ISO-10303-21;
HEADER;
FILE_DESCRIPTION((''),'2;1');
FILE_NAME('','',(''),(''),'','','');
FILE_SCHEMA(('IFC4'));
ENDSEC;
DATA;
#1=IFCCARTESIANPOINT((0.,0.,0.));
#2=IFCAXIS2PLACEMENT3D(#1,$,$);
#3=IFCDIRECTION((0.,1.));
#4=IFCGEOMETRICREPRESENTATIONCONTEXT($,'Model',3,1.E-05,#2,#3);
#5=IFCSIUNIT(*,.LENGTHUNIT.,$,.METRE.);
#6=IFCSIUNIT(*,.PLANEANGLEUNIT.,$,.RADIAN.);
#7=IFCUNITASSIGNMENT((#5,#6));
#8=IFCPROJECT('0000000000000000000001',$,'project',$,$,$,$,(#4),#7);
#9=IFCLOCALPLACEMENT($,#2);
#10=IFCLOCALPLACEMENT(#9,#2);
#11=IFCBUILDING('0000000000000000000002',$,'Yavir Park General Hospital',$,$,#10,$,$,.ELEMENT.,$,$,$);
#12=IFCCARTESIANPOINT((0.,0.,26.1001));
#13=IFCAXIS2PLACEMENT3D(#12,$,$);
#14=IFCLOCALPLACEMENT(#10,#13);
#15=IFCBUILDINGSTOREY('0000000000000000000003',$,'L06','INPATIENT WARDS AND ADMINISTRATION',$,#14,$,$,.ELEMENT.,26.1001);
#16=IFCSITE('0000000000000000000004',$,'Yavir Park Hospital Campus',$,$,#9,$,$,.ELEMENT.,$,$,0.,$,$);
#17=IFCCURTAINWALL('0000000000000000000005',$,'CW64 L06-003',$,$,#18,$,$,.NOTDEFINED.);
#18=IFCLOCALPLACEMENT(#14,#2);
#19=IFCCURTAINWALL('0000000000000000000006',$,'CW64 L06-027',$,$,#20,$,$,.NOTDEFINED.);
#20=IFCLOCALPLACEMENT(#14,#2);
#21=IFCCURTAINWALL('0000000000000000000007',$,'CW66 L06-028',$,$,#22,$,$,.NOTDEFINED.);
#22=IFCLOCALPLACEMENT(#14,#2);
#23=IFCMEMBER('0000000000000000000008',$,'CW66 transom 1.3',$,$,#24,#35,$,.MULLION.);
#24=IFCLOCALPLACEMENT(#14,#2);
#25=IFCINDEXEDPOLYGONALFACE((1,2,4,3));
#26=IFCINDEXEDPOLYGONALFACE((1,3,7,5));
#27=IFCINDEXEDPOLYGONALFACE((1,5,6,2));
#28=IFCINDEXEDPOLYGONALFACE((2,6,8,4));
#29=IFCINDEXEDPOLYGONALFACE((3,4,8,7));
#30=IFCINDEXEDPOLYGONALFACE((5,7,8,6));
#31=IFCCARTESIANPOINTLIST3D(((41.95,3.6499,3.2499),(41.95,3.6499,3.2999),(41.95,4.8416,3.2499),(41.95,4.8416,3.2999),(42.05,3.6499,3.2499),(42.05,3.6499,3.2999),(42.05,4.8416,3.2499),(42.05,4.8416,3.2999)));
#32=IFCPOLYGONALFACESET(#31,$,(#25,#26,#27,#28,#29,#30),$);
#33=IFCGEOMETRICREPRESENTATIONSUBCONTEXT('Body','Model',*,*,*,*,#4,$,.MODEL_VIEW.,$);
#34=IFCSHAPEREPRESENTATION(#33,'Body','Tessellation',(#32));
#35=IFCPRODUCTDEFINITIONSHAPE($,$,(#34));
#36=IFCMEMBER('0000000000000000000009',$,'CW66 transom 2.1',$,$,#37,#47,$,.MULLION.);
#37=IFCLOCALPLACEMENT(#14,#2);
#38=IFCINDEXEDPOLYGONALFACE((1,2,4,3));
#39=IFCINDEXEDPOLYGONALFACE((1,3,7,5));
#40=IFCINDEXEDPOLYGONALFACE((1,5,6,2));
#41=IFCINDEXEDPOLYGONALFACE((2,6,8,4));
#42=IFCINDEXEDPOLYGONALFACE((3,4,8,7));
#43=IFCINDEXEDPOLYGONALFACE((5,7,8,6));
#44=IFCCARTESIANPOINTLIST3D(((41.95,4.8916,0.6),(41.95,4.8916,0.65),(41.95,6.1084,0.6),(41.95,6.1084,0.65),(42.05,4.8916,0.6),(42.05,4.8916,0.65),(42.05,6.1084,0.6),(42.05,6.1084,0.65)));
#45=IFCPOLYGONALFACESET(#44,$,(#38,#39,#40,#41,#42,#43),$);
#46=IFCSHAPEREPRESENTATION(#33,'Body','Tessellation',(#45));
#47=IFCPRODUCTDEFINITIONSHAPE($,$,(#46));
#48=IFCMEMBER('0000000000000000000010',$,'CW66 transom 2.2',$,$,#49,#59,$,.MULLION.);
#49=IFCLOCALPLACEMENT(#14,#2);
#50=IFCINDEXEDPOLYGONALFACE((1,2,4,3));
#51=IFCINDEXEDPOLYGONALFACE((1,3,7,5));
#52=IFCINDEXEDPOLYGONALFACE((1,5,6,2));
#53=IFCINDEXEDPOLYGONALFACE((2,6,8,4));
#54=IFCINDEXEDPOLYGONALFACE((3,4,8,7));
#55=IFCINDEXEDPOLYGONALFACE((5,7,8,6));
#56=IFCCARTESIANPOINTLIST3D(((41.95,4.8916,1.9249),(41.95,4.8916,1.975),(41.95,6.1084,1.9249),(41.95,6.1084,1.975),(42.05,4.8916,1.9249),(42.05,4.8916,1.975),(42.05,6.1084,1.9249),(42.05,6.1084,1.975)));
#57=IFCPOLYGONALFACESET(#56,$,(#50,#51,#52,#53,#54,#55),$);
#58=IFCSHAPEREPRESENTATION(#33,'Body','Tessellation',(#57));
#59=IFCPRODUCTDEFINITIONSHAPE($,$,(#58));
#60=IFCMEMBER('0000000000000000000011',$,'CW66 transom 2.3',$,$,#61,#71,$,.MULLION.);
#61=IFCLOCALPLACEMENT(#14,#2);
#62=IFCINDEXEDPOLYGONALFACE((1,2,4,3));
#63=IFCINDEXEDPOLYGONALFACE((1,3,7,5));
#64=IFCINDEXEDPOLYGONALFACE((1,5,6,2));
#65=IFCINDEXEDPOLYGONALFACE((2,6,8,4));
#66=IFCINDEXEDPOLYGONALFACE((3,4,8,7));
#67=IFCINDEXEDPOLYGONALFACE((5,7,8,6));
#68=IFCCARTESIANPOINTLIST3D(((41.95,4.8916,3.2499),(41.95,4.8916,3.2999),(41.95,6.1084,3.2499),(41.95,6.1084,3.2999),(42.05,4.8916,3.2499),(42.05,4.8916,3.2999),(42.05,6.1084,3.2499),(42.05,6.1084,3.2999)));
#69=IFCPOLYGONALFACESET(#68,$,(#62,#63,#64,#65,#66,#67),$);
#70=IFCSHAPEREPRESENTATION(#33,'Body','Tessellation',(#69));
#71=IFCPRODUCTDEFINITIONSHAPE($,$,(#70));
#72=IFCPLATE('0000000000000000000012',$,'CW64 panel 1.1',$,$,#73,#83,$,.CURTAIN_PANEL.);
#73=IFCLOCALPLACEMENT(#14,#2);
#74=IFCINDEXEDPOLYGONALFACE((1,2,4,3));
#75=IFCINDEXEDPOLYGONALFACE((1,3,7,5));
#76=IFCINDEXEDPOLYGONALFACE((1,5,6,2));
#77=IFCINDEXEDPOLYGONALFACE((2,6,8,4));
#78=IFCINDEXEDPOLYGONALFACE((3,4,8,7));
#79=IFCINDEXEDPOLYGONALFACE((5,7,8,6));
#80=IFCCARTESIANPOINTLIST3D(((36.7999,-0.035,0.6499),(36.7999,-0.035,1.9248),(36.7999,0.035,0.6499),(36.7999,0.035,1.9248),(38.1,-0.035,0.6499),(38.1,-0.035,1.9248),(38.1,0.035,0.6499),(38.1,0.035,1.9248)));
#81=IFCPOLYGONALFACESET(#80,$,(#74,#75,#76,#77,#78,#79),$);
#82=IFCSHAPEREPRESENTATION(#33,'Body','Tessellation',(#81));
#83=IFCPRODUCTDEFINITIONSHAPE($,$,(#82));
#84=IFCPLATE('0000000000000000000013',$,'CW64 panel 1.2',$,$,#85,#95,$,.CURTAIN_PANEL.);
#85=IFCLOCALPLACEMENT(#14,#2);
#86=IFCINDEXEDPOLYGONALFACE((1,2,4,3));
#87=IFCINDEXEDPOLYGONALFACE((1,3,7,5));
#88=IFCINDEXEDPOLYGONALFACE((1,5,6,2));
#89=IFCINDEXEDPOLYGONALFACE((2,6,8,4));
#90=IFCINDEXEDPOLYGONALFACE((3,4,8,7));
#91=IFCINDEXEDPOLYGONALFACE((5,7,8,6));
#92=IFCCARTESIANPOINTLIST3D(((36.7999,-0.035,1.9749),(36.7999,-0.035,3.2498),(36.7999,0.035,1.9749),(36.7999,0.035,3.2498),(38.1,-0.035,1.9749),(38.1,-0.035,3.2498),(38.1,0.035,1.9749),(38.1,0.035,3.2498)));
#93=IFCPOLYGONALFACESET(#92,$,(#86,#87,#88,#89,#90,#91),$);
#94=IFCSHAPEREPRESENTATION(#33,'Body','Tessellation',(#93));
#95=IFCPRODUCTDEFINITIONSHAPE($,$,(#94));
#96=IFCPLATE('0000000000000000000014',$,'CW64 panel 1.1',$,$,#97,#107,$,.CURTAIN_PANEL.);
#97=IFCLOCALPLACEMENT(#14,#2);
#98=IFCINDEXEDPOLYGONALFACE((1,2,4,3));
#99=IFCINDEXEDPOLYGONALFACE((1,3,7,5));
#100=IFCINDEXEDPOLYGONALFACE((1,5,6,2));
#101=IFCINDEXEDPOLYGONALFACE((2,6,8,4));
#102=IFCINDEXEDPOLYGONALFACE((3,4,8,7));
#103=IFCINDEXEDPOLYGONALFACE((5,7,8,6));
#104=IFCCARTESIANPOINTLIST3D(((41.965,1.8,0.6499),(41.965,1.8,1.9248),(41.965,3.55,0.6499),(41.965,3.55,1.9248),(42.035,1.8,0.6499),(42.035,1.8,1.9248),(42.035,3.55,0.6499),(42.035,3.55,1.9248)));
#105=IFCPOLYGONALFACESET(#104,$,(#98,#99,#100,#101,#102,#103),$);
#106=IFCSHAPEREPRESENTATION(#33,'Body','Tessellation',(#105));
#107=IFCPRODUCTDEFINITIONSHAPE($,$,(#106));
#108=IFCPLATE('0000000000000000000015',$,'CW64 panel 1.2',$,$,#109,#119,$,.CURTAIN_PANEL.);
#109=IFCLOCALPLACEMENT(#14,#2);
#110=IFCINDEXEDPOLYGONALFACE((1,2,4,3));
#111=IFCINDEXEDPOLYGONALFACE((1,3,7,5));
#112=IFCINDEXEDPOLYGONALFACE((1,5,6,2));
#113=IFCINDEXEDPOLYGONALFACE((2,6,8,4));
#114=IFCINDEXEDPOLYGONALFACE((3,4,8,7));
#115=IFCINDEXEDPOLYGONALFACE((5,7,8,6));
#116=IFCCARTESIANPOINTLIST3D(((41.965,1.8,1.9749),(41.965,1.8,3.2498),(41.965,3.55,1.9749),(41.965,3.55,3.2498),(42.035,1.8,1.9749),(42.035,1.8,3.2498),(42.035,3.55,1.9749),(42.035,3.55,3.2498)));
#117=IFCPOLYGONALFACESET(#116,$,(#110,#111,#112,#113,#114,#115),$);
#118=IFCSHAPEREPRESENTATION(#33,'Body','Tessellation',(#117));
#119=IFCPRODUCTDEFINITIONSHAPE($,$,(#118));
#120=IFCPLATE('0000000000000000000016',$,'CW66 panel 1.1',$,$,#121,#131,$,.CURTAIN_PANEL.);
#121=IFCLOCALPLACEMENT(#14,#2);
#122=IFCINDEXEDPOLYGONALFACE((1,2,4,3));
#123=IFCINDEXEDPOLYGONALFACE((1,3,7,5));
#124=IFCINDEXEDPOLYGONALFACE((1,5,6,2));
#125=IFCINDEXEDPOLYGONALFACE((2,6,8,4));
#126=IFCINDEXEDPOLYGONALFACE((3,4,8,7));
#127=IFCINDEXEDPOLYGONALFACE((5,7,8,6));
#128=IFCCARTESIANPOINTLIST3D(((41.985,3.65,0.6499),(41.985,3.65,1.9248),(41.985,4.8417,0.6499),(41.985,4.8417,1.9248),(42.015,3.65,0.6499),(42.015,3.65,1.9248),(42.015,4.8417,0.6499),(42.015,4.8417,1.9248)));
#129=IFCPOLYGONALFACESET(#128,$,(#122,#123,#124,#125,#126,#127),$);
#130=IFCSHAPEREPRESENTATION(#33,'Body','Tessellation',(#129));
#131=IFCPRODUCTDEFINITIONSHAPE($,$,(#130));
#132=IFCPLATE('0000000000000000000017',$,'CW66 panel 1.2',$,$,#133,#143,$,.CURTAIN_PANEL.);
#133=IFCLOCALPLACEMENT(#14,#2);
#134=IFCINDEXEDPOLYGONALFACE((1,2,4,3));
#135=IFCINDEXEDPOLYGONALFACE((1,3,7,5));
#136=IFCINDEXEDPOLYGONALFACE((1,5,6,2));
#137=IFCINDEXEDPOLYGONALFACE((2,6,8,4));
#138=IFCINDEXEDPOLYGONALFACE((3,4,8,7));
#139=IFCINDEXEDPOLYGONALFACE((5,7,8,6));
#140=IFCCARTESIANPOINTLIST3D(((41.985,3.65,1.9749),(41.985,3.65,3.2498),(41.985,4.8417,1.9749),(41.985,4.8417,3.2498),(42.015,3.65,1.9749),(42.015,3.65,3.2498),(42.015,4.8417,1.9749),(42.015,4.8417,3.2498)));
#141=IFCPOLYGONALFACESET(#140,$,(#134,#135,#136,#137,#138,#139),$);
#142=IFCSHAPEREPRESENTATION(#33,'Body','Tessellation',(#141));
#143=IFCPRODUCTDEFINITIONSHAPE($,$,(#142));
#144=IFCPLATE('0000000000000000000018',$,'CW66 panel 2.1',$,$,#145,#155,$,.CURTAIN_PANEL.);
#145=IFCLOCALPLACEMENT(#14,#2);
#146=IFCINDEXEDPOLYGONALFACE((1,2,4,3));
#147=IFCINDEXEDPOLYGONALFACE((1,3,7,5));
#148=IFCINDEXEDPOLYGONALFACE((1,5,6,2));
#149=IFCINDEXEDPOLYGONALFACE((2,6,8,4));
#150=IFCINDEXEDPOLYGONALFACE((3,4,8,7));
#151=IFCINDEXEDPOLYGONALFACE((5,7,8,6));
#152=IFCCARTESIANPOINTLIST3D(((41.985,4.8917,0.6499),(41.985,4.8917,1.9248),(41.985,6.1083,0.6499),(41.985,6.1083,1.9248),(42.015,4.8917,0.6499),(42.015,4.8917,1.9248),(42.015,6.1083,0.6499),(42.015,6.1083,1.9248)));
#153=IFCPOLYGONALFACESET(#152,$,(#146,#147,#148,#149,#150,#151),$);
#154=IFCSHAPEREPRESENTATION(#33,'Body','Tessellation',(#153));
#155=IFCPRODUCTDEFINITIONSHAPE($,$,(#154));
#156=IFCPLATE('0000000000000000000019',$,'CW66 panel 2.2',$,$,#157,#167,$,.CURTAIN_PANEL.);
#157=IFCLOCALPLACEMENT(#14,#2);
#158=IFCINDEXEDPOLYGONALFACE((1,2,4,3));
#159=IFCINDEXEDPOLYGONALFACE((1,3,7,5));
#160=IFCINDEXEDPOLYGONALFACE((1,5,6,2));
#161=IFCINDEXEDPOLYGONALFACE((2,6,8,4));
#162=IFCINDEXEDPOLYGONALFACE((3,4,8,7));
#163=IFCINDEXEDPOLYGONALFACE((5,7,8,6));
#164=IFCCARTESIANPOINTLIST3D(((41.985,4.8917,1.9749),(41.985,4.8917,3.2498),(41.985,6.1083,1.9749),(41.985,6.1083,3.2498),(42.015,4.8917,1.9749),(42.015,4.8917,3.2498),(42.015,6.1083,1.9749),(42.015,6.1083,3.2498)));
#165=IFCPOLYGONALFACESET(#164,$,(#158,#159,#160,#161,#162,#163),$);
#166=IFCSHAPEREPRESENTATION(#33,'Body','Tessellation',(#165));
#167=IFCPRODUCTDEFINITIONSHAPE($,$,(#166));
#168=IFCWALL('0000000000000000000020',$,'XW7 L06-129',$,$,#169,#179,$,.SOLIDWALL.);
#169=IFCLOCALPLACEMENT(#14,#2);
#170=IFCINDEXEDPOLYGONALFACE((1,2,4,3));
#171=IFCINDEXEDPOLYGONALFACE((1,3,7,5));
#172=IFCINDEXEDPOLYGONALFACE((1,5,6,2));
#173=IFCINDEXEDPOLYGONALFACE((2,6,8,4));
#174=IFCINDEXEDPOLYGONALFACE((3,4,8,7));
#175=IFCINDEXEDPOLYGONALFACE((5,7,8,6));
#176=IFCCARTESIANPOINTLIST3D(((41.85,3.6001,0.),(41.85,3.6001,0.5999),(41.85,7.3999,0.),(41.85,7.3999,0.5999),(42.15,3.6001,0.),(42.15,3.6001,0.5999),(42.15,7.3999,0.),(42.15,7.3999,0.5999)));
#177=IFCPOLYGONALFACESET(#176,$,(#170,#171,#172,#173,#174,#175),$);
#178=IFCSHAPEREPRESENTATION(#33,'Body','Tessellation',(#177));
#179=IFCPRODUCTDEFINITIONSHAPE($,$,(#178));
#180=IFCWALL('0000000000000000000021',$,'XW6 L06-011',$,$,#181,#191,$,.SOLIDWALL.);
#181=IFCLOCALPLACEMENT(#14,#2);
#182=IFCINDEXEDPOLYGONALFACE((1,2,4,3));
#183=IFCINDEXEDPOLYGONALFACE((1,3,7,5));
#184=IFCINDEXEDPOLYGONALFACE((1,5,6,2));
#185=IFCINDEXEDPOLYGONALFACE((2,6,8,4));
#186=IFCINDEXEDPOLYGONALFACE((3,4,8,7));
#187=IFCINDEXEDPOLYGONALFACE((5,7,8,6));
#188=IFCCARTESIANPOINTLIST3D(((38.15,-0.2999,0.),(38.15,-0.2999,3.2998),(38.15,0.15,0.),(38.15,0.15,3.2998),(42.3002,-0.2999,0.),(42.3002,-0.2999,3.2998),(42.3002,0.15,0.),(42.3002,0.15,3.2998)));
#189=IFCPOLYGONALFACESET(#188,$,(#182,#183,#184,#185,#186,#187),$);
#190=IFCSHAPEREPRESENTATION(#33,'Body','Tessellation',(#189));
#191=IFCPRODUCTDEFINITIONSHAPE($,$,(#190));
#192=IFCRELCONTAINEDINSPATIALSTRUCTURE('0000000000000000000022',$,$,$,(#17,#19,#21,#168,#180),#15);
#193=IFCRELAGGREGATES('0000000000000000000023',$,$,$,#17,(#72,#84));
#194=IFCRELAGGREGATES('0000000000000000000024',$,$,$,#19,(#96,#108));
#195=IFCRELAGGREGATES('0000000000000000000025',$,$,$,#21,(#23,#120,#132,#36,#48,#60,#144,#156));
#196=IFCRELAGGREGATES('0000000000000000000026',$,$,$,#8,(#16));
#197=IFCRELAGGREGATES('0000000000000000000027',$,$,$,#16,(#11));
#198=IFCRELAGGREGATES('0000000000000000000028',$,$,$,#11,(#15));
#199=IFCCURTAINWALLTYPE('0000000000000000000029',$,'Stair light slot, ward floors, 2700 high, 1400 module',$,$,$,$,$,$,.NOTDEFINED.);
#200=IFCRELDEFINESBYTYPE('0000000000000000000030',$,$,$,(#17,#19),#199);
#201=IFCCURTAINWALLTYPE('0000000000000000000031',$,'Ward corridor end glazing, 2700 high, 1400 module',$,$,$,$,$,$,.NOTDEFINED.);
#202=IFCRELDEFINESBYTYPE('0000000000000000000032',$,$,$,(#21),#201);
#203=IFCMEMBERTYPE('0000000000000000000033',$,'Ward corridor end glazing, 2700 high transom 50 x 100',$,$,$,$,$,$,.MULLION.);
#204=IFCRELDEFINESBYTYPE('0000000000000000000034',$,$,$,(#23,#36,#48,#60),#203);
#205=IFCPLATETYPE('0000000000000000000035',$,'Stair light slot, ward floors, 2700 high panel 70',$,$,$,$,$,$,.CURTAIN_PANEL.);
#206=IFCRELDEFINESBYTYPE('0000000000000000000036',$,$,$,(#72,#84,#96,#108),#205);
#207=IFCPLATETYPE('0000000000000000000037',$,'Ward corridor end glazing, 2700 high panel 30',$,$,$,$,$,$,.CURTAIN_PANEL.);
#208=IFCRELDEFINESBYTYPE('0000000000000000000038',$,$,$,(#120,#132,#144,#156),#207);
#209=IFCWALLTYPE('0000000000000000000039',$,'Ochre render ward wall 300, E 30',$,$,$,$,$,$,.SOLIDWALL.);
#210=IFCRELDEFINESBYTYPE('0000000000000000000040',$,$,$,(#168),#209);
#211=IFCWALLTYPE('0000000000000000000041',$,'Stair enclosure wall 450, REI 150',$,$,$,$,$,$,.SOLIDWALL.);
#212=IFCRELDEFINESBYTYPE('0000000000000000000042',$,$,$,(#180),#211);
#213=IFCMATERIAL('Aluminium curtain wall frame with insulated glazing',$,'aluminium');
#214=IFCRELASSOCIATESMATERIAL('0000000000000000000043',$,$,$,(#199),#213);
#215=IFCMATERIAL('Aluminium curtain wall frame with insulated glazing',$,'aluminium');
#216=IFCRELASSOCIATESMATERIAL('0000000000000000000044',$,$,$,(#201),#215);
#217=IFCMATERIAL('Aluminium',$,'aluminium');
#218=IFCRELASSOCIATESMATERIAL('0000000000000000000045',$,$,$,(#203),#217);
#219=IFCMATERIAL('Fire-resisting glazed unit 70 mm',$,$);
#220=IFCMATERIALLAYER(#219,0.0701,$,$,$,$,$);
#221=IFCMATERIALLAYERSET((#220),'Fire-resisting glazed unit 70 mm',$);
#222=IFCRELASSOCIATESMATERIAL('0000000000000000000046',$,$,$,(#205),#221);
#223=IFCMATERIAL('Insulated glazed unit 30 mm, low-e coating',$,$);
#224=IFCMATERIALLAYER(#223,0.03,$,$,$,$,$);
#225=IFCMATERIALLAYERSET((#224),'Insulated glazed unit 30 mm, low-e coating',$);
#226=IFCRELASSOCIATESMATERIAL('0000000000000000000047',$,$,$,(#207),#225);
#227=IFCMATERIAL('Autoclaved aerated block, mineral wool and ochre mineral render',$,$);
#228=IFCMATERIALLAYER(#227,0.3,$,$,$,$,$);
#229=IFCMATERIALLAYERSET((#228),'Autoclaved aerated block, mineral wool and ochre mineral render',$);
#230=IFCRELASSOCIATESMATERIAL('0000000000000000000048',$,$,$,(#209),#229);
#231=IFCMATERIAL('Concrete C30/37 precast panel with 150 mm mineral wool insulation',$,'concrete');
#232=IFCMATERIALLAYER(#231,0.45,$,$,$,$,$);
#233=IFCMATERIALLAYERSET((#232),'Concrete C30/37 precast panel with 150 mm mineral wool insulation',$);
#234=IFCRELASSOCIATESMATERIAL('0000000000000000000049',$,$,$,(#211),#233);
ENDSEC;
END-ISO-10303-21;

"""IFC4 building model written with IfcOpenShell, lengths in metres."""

from ifc_helpers import new_model, si_unit, direction, frame, frame_2d, origin, origin_2d, place, context, subcontext, project, spatial, rectangle, extrude, material, layer, layer_set, material_profile, profile_set, type_object, element, aggregate, save


model = new_model("IFC4")

# Units and contexts
model_context = context("Model", 3, precision=1e-05, world=origin(), true_north=direction((0.0, 1.0)))
body_context = subcontext(model_context, "Body", "Model", "MODEL_VIEW")
ifc_project = project(units=[si_unit("LENGTHUNIT", "METRE"), si_unit("PLANEANGLEUNIT", "RADIAN")], contexts=[model_context])

# Site, building, storey
site_placement = place(None, origin())
site = spatial("IfcSite", under=ifc_project, at=site_placement, Name="Yavir Park Hospital Campus", CompositionType="ELEMENT", RefElevation=0.0)
building_placement = place(site_placement, origin())
building = spatial("IfcBuilding", under=site, at=building_placement, Name="Yavir Park General Hospital", CompositionType="ELEMENT")
storey_placement = place(building_placement, frame((0.0, 0.0, 26.1001)))
storey = spatial("IfcBuildingStorey", under=building, at=storey_placement, Name="L06", Description="INPATIENT WARDS AND ADMINISTRATION", CompositionType="ELEMENT", Elevation=26.1001)

# Curtain walls
ifc_material_1 = material(Name="Aluminium curtain wall frame with insulated glazing", Category="aluminium")
curtain_wall_type_1 = type_object("IfcCurtainWallType", Name="Stair light slot, ward floors, 2700 high, 1400 module", PredefinedType="NOTDEFINED", material=ifc_material_1)
curtain_wall_1_placement = place(storey_placement, origin())
curtain_wall_1 = element("IfcCurtainWall", 1, at=curtain_wall_1_placement, inside=storey, type_object=curtain_wall_type_1, Name="CW64 L06-003", PredefinedType="NOTDEFINED")
curtain_wall_2_placement = place(storey_placement, origin())
curtain_wall_2 = element("IfcCurtainWall", 2, at=curtain_wall_2_placement, inside=storey, type_object=curtain_wall_type_1, Name="CW64 L06-027", PredefinedType="NOTDEFINED")

# Curtain wall, members
ifc_material_2 = material(Name="Aluminium curtain wall frame with insulated glazing", Category="aluminium")
curtain_wall_type_2 = type_object("IfcCurtainWallType", Name="Ward corridor end glazing, 2700 high, 1400 module", PredefinedType="NOTDEFINED", material=ifc_material_2)
curtain_wall_3_placement = place(storey_placement, origin())
curtain_wall_3 = element("IfcCurtainWall", 3, at=curtain_wall_3_placement, inside=storey, type_object=curtain_wall_type_2, Name="CW66 L06-028", PredefinedType="NOTDEFINED")
ifc_material_3 = material(Name="Aluminium", Category="aluminium")
ifc_material_profile_1 = material_profile(ifc_material_3, rectangle(XDim=0.1001, YDim=0.05, at=origin_2d()), Name="AL 100x50")
ifc_profile_set_1 = profile_set([ifc_material_profile_1], Name="Aluminium")
member_type_1 = type_object("IfcMemberType", Name="Ward corridor end glazing, 2700 high transom 50 x 100", PredefinedType="MULLION", material=ifc_profile_set_1)
member_1_placement = place(storey_placement, frame((42.0, 3.6499, 3.2749), z_axis=(0.0, 1.0, 0.0), x_axis=(-1.0, 0.0, 0.0)))
member_1 = element("IfcMember", 4, at=member_1_placement, type_object=member_type_1, Name="CW66 transom 1.3", PredefinedType="MULLION", context=body_context, shape_type="SweptSolid", body=[
    extrude(rectangle(XDim=0.1001, YDim=0.05, at=origin_2d()), origin(), (0.0, 0.0, 1.0), 1.1917),
])
member_2_placement = place(storey_placement, frame((42.0, 4.8916, 0.625), z_axis=(0.0, 1.0, 0.0), x_axis=(-1.0, 0.0, 0.0)))
member_2 = element("IfcMember", 5, at=member_2_placement, type_object=member_type_1, Name="CW66 transom 2.1", PredefinedType="MULLION", context=body_context, shape_type="SweptSolid", body=[
    extrude(rectangle(XDim=0.1001, YDim=0.05, at=origin_2d()), origin(), (0.0, 0.0, 1.0), 1.2168),
])
member_3_placement = place(storey_placement, frame((42.0, 4.8916, 1.95), z_axis=(0.0, 1.0, 0.0), x_axis=(-1.0, 0.0, 0.0)))
member_3 = element("IfcMember", 6, at=member_3_placement, type_object=member_type_1, Name="CW66 transom 2.2", PredefinedType="MULLION", context=body_context, shape_type="SweptSolid", body=[
    extrude(rectangle(XDim=0.1001, YDim=0.05, at=origin_2d()), origin(), (0.0, 0.0, 1.0), 1.2168),
])
member_4_placement = place(storey_placement, frame((42.0, 4.8916, 3.2749), z_axis=(0.0, 1.0, 0.0), x_axis=(-1.0, 0.0, 0.0)))
member_4 = element("IfcMember", 7, at=member_4_placement, type_object=member_type_1, Name="CW66 transom 2.3", PredefinedType="MULLION", context=body_context, shape_type="SweptSolid", body=[
    extrude(rectangle(XDim=0.1001, YDim=0.05, at=origin_2d()), origin(), (0.0, 0.0, 1.0), 1.2168),
])

# Plates
ifc_material_4 = material(Name="Fire-resisting glazed unit 70 mm")
ifc_layer_1 = layer(ifc_material_4, 0.0701)
ifc_layer_set_1 = layer_set([ifc_layer_1], Name="Fire-resisting glazed unit 70 mm")
plate_type_1 = type_object("IfcPlateType", Name="Stair light slot, ward floors, 2700 high panel 70", PredefinedType="CURTAIN_PANEL", material=ifc_layer_set_1)
plate_1_placement = place(storey_placement, frame((37.45, 0.0, 0.6499), z_axis=(0.0, 0.0, 1.0), x_axis=(1.0, 0.0, 0.0)))
plate_1 = element("IfcPlate", 8, at=plate_1_placement, type_object=plate_type_1, Name="CW64 panel 1.1", PredefinedType="CURTAIN_PANEL", context=body_context, shape_type="SweptSolid", body=[
    extrude(rectangle(XDim=1.3, YDim=0.0701, at=origin_2d()), origin(), (0.0, 0.0, 1.0), 1.2749),
])
plate_2_placement = place(storey_placement, frame((37.45, 0.0, 1.9749), z_axis=(0.0, 0.0, 1.0), x_axis=(1.0, 0.0, 0.0)))
plate_2 = element("IfcPlate", 9, at=plate_2_placement, type_object=plate_type_1, Name="CW64 panel 1.2", PredefinedType="CURTAIN_PANEL", context=body_context, shape_type="SweptSolid", body=[
    extrude(rectangle(XDim=1.3, YDim=0.0701, at=origin_2d()), origin(), (0.0, 0.0, 1.0), 1.2749),
])
aggregate(curtain_wall_1, [plate_1, plate_2])
plate_3_placement = place(storey_placement, frame((42.0, 2.675, 0.6499), z_axis=(0.0, 0.0, 1.0), x_axis=(0.0, 1.0, 0.0)))
plate_3 = element("IfcPlate", 10, at=plate_3_placement, type_object=plate_type_1, Name="CW64 panel 1.1", PredefinedType="CURTAIN_PANEL", context=body_context, shape_type="SweptSolid", body=[
    extrude(rectangle(XDim=1.75, YDim=0.0701, at=origin_2d()), origin(), (0.0, 0.0, 1.0), 1.2749),
])
plate_4_placement = place(storey_placement, frame((42.0, 2.675, 1.9749), z_axis=(0.0, 0.0, 1.0), x_axis=(0.0, 1.0, 0.0)))
plate_4 = element("IfcPlate", 11, at=plate_4_placement, type_object=plate_type_1, Name="CW64 panel 1.2", PredefinedType="CURTAIN_PANEL", context=body_context, shape_type="SweptSolid", body=[
    extrude(rectangle(XDim=1.75, YDim=0.0701, at=origin_2d()), origin(), (0.0, 0.0, 1.0), 1.2749),
])
aggregate(curtain_wall_2, [plate_3, plate_4])
ifc_material_5 = material(Name="Insulated glazed unit 30 mm, low-e coating")
ifc_layer_2 = layer(ifc_material_5, 0.03)
ifc_layer_set_2 = layer_set([ifc_layer_2], Name="Insulated glazed unit 30 mm, low-e coating")
plate_type_2 = type_object("IfcPlateType", Name="Ward corridor end glazing, 2700 high panel 30", PredefinedType="CURTAIN_PANEL", material=ifc_layer_set_2)
plate_5_placement = place(storey_placement, frame((42.0, 4.2458, 0.6499), z_axis=(0.0, 0.0, 1.0), x_axis=(0.0, 1.0, 0.0)))
plate_5 = element("IfcPlate", 12, at=plate_5_placement, type_object=plate_type_2, Name="CW66 panel 1.1", PredefinedType="CURTAIN_PANEL", context=body_context, shape_type="SweptSolid", body=[
    extrude(rectangle(XDim=1.1917, YDim=0.03, at=origin_2d()), origin(), (0.0, 0.0, 1.0), 1.2749),
])
plate_6_placement = place(storey_placement, frame((42.0, 4.2458, 1.9749), z_axis=(0.0, 0.0, 1.0), x_axis=(0.0, 1.0, 0.0)))
plate_6 = element("IfcPlate", 13, at=plate_6_placement, type_object=plate_type_2, Name="CW66 panel 1.2", PredefinedType="CURTAIN_PANEL", context=body_context, shape_type="SweptSolid", body=[
    extrude(rectangle(XDim=1.1917, YDim=0.03, at=origin_2d()), origin(), (0.0, 0.0, 1.0), 1.2749),
])
plate_7_placement = place(storey_placement, frame((42.0, 5.5, 0.6499), z_axis=(0.0, 0.0, 1.0), x_axis=(0.0, 1.0, 0.0)))
plate_7 = element("IfcPlate", 14, at=plate_7_placement, type_object=plate_type_2, Name="CW66 panel 2.1", PredefinedType="CURTAIN_PANEL", context=body_context, shape_type="SweptSolid", body=[
    extrude(rectangle(XDim=1.2166, YDim=0.03, at=origin_2d()), origin(), (0.0, 0.0, 1.0), 1.2749),
])
plate_8_placement = place(storey_placement, frame((42.0, 5.5, 1.9749), z_axis=(0.0, 0.0, 1.0), x_axis=(0.0, 1.0, 0.0)))
plate_8 = element("IfcPlate", 15, at=plate_8_placement, type_object=plate_type_2, Name="CW66 panel 2.2", PredefinedType="CURTAIN_PANEL", context=body_context, shape_type="SweptSolid", body=[
    extrude(rectangle(XDim=1.2166, YDim=0.03, at=origin_2d()), origin(), (0.0, 0.0, 1.0), 1.2749),
])
aggregate(curtain_wall_3, [member_1, plate_5, plate_6, member_2, member_3, member_4, plate_7, plate_8])

# Walls
ifc_material_6 = material(Name="Autoclaved aerated block, mineral wool and ochre mineral render")
ifc_layer_3 = layer(ifc_material_6, 0.3)
ifc_layer_set_3 = layer_set([ifc_layer_3], Name="Autoclaved aerated block, mineral wool and ochre mineral render")
wall_type_1 = type_object("IfcWallType", Name="Ochre render ward wall 300, E 30", PredefinedType="SOLIDWALL", material=ifc_layer_set_3)
wall_1_placement = place(storey_placement, frame((42.0, 3.6001, 0.0), z_axis=(0.0, 0.0, 1.0), x_axis=(0.0, 1.0, 0.0)))
element("IfcWall", 16, at=wall_1_placement, inside=storey, type_object=wall_type_1, Name="XW7 L06-129", PredefinedType="SOLIDWALL", context=body_context, shape_type="SweptSolid", body=[
    extrude(rectangle(XDim=3.7998, YDim=0.3, at=frame_2d((1.8999, 0.0))), origin(), (0.0, 0.0, 1.0), 0.5999),
])
ifc_material_7 = material(Name="Concrete C30/37 precast panel with 150 mm mineral wool insulation", Category="concrete")
ifc_layer_4 = layer(ifc_material_7, 0.45)
ifc_layer_set_4 = layer_set([ifc_layer_4], Name="Concrete C30/37 precast panel with 150 mm mineral wool insulation")
wall_type_2 = type_object("IfcWallType", Name="Stair enclosure wall 450, REI 150", PredefinedType="SOLIDWALL", material=ifc_layer_set_4)
wall_2_placement = place(storey_placement, frame((38.1499, -0.075, 0.0), z_axis=(0.0, 0.0, 1.0), x_axis=(1.0, 0.0, 0.0)))
element("IfcWall", 17, at=wall_2_placement, inside=storey, type_object=wall_type_2, Name="XW6 L06-011", PredefinedType="SOLIDWALL", context=body_context, shape_type="SweptSolid", body=[
    extrude(rectangle(XDim=4.1501, YDim=0.45, at=frame_2d((2.0752, 0.0))), origin(), (0.0, 0.0, 1.0), 3.2998),
])

save(model, "model.ifc")
